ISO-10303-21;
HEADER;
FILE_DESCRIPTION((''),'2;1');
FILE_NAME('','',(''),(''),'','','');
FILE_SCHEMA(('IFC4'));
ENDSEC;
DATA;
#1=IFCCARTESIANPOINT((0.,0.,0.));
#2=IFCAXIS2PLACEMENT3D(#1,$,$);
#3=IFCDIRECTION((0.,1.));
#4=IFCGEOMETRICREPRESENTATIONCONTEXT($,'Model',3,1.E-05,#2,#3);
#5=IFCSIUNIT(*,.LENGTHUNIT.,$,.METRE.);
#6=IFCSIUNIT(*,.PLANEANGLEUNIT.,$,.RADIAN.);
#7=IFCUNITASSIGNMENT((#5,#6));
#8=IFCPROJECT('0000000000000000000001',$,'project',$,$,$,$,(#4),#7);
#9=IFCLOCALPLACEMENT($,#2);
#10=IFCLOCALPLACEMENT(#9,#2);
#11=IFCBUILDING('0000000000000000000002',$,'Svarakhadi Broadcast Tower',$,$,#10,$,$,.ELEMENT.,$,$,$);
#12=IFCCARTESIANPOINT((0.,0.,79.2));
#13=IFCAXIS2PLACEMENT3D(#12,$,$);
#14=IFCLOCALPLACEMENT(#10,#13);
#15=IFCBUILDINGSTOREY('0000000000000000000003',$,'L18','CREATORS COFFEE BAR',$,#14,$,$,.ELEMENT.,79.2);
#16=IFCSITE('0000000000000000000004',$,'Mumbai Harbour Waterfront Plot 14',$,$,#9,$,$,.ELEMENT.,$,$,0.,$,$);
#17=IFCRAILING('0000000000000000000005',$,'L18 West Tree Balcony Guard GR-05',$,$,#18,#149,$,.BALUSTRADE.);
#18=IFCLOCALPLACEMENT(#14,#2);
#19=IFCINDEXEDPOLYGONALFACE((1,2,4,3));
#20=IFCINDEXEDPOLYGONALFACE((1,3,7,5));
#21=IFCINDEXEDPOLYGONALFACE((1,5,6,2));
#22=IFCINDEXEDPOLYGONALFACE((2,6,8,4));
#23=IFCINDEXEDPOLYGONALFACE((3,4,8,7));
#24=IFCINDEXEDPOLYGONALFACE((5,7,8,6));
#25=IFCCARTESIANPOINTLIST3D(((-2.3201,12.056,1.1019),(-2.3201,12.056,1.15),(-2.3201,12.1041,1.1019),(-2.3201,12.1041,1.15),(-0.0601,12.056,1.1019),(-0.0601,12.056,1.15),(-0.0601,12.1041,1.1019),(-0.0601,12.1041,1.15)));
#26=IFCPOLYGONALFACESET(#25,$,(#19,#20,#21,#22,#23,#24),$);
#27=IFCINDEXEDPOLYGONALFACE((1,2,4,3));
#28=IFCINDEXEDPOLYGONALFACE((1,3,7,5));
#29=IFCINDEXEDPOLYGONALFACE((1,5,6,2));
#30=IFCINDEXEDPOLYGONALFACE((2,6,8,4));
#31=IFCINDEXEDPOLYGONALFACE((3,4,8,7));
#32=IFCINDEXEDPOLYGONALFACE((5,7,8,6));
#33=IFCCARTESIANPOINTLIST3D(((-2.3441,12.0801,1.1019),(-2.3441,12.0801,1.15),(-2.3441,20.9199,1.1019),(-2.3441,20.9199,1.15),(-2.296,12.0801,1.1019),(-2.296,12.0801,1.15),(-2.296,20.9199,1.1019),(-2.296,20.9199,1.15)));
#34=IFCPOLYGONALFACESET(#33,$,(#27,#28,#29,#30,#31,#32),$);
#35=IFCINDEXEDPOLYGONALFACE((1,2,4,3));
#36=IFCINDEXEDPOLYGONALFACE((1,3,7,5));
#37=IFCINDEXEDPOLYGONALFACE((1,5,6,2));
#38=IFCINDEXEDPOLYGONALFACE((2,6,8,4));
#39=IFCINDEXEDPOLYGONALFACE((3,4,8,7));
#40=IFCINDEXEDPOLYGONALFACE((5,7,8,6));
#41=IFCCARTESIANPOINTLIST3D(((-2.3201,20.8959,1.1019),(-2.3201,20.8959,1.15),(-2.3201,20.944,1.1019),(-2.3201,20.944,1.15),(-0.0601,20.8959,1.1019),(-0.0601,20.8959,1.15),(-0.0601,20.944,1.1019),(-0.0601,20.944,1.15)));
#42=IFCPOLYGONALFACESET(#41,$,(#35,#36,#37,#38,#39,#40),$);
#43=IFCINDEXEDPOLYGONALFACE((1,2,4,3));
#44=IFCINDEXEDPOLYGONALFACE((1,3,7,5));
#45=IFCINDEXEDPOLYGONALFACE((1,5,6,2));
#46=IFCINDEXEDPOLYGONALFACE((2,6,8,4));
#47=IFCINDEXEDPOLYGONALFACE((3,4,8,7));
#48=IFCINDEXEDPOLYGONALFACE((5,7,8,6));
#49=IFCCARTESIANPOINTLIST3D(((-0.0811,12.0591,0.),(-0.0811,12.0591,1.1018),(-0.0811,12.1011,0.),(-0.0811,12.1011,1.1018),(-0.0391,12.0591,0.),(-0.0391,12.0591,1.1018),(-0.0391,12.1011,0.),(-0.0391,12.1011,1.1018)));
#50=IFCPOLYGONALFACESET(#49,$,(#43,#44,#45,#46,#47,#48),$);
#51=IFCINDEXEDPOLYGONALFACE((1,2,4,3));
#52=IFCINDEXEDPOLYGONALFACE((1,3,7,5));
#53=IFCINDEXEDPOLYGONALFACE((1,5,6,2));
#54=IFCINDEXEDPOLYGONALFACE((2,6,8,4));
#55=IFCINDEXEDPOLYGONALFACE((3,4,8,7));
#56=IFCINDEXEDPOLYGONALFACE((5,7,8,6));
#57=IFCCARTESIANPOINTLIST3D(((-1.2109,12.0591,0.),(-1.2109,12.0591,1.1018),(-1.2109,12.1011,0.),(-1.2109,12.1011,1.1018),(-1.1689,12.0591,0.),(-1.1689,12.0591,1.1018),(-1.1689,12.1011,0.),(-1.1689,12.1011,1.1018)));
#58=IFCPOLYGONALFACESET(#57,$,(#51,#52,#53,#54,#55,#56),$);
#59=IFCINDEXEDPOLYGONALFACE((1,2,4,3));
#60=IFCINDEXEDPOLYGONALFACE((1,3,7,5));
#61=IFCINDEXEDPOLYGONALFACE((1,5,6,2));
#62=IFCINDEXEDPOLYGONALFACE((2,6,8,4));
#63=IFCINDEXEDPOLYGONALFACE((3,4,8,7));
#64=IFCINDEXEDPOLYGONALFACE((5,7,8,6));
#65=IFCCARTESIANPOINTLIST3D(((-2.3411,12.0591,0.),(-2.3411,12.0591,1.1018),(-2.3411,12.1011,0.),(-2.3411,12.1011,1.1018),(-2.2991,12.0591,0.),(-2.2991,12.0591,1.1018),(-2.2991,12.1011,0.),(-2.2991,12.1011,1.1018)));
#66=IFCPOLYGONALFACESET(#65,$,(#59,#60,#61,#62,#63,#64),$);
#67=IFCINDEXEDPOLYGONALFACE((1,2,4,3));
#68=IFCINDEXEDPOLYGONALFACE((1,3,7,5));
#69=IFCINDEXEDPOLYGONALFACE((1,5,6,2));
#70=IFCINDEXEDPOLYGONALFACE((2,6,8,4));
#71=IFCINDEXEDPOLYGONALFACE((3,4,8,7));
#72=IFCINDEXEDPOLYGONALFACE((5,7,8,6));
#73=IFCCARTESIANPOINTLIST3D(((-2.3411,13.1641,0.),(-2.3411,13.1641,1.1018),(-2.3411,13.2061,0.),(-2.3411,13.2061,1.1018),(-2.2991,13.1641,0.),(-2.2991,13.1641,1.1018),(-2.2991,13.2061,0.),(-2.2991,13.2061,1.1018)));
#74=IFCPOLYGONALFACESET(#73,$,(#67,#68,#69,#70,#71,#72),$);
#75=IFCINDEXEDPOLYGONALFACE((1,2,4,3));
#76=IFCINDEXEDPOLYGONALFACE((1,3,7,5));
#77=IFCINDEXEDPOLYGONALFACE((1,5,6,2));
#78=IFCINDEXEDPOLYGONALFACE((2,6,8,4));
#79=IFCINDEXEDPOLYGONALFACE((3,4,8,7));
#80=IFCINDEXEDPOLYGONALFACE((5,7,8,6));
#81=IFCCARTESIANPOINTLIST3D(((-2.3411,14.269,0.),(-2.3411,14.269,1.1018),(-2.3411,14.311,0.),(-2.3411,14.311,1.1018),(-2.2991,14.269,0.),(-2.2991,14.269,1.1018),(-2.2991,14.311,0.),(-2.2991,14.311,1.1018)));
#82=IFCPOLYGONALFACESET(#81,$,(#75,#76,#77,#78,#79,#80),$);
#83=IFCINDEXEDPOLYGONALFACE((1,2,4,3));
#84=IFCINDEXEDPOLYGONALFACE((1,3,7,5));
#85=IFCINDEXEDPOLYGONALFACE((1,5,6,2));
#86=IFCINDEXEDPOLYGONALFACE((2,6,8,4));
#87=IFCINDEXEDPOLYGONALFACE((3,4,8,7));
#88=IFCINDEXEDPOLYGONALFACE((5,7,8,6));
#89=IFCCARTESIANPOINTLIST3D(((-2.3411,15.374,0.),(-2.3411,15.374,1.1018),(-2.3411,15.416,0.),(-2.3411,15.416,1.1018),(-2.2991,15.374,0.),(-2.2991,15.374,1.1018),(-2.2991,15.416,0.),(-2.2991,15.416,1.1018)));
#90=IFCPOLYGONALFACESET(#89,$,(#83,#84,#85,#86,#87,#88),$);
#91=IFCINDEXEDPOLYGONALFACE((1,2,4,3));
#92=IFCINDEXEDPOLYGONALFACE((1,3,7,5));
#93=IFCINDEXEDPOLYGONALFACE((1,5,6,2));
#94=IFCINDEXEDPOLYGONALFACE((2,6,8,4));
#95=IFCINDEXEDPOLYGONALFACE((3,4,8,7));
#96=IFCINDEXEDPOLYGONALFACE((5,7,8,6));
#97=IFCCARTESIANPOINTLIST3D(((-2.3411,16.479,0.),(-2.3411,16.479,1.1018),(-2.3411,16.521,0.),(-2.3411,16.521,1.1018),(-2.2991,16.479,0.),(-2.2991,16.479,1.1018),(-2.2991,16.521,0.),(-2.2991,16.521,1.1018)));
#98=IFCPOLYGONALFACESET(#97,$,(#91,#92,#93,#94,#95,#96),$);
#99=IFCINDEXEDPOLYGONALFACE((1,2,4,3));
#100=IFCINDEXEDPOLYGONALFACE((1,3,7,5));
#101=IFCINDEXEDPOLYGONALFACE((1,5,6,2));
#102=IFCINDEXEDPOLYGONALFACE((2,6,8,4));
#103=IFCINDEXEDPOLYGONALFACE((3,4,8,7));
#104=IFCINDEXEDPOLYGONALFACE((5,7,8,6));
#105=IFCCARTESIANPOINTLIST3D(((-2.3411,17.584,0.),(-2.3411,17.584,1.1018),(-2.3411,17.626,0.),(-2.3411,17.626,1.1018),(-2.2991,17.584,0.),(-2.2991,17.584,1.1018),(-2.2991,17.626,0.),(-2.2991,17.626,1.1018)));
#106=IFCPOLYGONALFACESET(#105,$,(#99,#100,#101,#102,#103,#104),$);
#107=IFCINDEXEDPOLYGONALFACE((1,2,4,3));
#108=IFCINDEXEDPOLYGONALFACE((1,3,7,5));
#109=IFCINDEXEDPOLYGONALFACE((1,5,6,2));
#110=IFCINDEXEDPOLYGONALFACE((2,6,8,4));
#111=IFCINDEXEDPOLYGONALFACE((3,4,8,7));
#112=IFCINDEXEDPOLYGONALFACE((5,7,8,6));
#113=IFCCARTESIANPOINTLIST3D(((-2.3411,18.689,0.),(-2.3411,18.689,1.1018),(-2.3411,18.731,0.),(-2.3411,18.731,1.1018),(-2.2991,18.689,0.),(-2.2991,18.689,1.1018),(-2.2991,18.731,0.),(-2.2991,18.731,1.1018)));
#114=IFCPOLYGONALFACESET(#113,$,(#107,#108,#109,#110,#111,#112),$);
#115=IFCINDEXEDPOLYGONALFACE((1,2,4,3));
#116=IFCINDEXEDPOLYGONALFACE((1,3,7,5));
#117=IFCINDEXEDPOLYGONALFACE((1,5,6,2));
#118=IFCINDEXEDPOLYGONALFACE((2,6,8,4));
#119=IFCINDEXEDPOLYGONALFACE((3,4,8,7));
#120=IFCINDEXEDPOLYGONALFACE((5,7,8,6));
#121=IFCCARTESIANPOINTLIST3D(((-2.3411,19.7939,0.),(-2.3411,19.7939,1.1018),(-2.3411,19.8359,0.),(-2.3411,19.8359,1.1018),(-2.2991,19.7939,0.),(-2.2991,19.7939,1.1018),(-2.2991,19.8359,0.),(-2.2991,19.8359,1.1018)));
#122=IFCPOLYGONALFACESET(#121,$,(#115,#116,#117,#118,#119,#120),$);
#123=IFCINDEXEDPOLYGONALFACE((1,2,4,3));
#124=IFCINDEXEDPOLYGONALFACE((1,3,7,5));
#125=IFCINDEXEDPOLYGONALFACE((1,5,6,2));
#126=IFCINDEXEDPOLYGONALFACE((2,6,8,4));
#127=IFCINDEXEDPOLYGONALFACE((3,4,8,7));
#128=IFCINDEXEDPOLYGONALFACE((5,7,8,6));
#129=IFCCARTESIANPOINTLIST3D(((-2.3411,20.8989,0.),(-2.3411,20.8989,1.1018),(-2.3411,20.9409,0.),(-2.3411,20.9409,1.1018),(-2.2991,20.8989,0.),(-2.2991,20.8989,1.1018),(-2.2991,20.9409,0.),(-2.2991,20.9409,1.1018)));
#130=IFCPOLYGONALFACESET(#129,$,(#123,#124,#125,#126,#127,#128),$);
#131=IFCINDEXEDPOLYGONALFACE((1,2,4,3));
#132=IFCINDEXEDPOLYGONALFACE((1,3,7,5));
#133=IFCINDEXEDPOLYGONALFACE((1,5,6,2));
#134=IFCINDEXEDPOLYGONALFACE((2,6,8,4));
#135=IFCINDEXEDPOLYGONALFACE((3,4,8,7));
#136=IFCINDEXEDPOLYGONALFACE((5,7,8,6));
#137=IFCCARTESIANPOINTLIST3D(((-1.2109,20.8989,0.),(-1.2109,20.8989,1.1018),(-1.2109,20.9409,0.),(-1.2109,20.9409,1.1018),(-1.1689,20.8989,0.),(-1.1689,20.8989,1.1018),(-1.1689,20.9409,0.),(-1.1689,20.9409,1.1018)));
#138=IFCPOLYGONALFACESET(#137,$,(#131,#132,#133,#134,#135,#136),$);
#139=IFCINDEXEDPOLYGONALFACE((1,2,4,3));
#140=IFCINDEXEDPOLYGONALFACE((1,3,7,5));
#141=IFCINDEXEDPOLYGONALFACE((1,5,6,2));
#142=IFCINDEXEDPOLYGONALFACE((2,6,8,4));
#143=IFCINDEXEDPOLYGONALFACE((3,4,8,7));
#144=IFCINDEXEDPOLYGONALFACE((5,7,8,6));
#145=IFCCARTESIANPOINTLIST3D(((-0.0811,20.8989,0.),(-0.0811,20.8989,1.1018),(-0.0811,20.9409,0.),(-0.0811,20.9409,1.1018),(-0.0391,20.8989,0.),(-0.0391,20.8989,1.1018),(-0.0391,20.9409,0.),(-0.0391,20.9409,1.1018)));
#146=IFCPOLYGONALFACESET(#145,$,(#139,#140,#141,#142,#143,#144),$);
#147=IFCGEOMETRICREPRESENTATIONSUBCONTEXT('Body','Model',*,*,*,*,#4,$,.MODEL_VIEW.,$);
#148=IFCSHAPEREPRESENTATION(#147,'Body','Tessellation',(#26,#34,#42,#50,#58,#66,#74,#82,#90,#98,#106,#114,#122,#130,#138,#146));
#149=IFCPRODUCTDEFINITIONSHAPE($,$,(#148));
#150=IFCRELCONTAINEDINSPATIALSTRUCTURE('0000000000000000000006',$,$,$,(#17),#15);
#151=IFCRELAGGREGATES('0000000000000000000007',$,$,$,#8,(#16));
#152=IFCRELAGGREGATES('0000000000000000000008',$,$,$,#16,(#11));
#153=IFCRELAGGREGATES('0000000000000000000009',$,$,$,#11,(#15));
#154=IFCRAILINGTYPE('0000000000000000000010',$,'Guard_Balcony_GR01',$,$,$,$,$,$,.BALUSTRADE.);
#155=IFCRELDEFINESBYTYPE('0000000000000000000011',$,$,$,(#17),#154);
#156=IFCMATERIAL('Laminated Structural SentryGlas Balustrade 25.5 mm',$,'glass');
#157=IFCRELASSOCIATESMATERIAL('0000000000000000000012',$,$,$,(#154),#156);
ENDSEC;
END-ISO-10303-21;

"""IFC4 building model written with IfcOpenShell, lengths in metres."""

from ifc_helpers import new_model, si_unit, direction, frame, origin, origin_2d, place, context, subcontext, project, spatial, rectangle, extrude, material, type_object, element, save


model = new_model("IFC4")

# Units and contexts
model_context = context("Model", 3, precision=1e-05, world=origin(), true_north=direction((0.0, 1.0)))
body_context = subcontext(model_context, "Body", "Model", "MODEL_VIEW")
ifc_project = project(units=[si_unit("LENGTHUNIT", "METRE"), si_unit("PLANEANGLEUNIT", "RADIAN")], contexts=[model_context])

# Site, building, storey
site_placement = place(None, origin())
site = spatial("IfcSite", under=ifc_project, at=site_placement, Name="Mumbai Harbour Waterfront Plot 14", CompositionType="ELEMENT", RefElevation=0.0)
building_placement = place(site_placement, origin())
building = spatial("IfcBuilding", under=site, at=building_placement, Name="Svarakhadi Broadcast Tower", CompositionType="ELEMENT")
storey_placement = place(building_placement, frame((0.0, 0.0, 79.2)))
storey = spatial("IfcBuildingStorey", under=building, at=storey_placement, Name="L18", Description="CREATORS COFFEE BAR", CompositionType="ELEMENT", Elevation=79.2)

# Railing
ifc_material_1 = material(Name="Laminated Structural SentryGlas Balustrade 25.5 mm", Category="glass")
railing_type = type_object("IfcRailingType", Name="Guard_Balcony_GR01", PredefinedType="BALUSTRADE", material=ifc_material_1)
railing_placement = place(storey_placement, frame((-0.0601, 12.0801, 0.0)))
element("IfcRailing", 1, at=railing_placement, inside=storey, type_object=railing_type, Name="L18 West Tree Balcony Guard GR-05", PredefinedType="BALUSTRADE", context=body_context, shape_type="SweptSolid", body=[
    extrude(rectangle(XDim=0.0481, YDim=0.0481, at=origin_2d()), frame((0.0, 0.0, 1.126), z_axis=(-1.0, 0.0, 0.0), x_axis=(0.0, -1.0, 0.0)), (0.0, 0.0, 1.0), 2.26),
    extrude(rectangle(XDim=0.0481, YDim=0.0481, at=origin_2d()), frame((-2.26, 0.0, 1.126), z_axis=(0.0, 1.0, 0.0), x_axis=(-1.0, 0.0, 0.0)), (0.0, 0.0, 1.0), 8.8398),
    extrude(rectangle(XDim=0.0481, YDim=0.0481, at=origin_2d()), frame((-2.26, 8.8398, 1.126), z_axis=(1.0, 0.0, 0.0), x_axis=(0.0, 1.0, 0.0)), (0.0, 0.0, 1.0), 2.26),
    extrude(rectangle(XDim=0.042, YDim=0.042, at=origin_2d()), origin(), (0.0, 0.0, 1.0), 1.1018),
    extrude(rectangle(XDim=0.042, YDim=0.042, at=origin_2d()), frame((-1.1299, 0.0, 0.0)), (0.0, 0.0, 1.0), 1.1018),
    extrude(rectangle(XDim=0.042, YDim=0.042, at=origin_2d()), frame((-2.26, 0.0, 0.0)), (0.0, 0.0, 1.0), 1.1018),
    extrude(rectangle(XDim=0.042, YDim=0.042, at=origin_2d()), frame((-2.26, 1.105, 0.0)), (0.0, 0.0, 1.0), 1.1018),
    extrude(rectangle(XDim=0.042, YDim=0.042, at=origin_2d()), frame((-2.26, 2.21, 0.0)), (0.0, 0.0, 1.0), 1.1018),
    extrude(rectangle(XDim=0.042, YDim=0.042, at=origin_2d()), frame((-2.26, 3.3149, 0.0)), (0.0, 0.0, 1.0), 1.1018),
    extrude(rectangle(XDim=0.042, YDim=0.042, at=origin_2d()), frame((-2.26, 4.4199, 0.0)), (0.0, 0.0, 1.0), 1.1018),
    extrude(rectangle(XDim=0.042, YDim=0.042, at=origin_2d()), frame((-2.26, 5.5249, 0.0)), (0.0, 0.0, 1.0), 1.1018),
    extrude(rectangle(XDim=0.042, YDim=0.042, at=origin_2d()), frame((-2.26, 6.6299, 0.0)), (0.0, 0.0, 1.0), 1.1018),
    extrude(rectangle(XDim=0.042, YDim=0.042, at=origin_2d()), frame((-2.26, 7.7349, 0.0)), (0.0, 0.0, 1.0), 1.1018),
    extrude(rectangle(XDim=0.042, YDim=0.042, at=origin_2d()), frame((-2.26, 8.8398, 0.0)), (0.0, 0.0, 1.0), 1.1018),
    extrude(rectangle(XDim=0.042, YDim=0.042, at=origin_2d()), frame((-1.1299, 8.8398, 0.0)), (0.0, 0.0, 1.0), 1.1018),
    extrude(rectangle(XDim=0.042, YDim=0.042, at=origin_2d()), frame((0.0, 8.8398, 0.0)), (0.0, 0.0, 1.0), 1.1018),
])

save(model, "model.ifc")
